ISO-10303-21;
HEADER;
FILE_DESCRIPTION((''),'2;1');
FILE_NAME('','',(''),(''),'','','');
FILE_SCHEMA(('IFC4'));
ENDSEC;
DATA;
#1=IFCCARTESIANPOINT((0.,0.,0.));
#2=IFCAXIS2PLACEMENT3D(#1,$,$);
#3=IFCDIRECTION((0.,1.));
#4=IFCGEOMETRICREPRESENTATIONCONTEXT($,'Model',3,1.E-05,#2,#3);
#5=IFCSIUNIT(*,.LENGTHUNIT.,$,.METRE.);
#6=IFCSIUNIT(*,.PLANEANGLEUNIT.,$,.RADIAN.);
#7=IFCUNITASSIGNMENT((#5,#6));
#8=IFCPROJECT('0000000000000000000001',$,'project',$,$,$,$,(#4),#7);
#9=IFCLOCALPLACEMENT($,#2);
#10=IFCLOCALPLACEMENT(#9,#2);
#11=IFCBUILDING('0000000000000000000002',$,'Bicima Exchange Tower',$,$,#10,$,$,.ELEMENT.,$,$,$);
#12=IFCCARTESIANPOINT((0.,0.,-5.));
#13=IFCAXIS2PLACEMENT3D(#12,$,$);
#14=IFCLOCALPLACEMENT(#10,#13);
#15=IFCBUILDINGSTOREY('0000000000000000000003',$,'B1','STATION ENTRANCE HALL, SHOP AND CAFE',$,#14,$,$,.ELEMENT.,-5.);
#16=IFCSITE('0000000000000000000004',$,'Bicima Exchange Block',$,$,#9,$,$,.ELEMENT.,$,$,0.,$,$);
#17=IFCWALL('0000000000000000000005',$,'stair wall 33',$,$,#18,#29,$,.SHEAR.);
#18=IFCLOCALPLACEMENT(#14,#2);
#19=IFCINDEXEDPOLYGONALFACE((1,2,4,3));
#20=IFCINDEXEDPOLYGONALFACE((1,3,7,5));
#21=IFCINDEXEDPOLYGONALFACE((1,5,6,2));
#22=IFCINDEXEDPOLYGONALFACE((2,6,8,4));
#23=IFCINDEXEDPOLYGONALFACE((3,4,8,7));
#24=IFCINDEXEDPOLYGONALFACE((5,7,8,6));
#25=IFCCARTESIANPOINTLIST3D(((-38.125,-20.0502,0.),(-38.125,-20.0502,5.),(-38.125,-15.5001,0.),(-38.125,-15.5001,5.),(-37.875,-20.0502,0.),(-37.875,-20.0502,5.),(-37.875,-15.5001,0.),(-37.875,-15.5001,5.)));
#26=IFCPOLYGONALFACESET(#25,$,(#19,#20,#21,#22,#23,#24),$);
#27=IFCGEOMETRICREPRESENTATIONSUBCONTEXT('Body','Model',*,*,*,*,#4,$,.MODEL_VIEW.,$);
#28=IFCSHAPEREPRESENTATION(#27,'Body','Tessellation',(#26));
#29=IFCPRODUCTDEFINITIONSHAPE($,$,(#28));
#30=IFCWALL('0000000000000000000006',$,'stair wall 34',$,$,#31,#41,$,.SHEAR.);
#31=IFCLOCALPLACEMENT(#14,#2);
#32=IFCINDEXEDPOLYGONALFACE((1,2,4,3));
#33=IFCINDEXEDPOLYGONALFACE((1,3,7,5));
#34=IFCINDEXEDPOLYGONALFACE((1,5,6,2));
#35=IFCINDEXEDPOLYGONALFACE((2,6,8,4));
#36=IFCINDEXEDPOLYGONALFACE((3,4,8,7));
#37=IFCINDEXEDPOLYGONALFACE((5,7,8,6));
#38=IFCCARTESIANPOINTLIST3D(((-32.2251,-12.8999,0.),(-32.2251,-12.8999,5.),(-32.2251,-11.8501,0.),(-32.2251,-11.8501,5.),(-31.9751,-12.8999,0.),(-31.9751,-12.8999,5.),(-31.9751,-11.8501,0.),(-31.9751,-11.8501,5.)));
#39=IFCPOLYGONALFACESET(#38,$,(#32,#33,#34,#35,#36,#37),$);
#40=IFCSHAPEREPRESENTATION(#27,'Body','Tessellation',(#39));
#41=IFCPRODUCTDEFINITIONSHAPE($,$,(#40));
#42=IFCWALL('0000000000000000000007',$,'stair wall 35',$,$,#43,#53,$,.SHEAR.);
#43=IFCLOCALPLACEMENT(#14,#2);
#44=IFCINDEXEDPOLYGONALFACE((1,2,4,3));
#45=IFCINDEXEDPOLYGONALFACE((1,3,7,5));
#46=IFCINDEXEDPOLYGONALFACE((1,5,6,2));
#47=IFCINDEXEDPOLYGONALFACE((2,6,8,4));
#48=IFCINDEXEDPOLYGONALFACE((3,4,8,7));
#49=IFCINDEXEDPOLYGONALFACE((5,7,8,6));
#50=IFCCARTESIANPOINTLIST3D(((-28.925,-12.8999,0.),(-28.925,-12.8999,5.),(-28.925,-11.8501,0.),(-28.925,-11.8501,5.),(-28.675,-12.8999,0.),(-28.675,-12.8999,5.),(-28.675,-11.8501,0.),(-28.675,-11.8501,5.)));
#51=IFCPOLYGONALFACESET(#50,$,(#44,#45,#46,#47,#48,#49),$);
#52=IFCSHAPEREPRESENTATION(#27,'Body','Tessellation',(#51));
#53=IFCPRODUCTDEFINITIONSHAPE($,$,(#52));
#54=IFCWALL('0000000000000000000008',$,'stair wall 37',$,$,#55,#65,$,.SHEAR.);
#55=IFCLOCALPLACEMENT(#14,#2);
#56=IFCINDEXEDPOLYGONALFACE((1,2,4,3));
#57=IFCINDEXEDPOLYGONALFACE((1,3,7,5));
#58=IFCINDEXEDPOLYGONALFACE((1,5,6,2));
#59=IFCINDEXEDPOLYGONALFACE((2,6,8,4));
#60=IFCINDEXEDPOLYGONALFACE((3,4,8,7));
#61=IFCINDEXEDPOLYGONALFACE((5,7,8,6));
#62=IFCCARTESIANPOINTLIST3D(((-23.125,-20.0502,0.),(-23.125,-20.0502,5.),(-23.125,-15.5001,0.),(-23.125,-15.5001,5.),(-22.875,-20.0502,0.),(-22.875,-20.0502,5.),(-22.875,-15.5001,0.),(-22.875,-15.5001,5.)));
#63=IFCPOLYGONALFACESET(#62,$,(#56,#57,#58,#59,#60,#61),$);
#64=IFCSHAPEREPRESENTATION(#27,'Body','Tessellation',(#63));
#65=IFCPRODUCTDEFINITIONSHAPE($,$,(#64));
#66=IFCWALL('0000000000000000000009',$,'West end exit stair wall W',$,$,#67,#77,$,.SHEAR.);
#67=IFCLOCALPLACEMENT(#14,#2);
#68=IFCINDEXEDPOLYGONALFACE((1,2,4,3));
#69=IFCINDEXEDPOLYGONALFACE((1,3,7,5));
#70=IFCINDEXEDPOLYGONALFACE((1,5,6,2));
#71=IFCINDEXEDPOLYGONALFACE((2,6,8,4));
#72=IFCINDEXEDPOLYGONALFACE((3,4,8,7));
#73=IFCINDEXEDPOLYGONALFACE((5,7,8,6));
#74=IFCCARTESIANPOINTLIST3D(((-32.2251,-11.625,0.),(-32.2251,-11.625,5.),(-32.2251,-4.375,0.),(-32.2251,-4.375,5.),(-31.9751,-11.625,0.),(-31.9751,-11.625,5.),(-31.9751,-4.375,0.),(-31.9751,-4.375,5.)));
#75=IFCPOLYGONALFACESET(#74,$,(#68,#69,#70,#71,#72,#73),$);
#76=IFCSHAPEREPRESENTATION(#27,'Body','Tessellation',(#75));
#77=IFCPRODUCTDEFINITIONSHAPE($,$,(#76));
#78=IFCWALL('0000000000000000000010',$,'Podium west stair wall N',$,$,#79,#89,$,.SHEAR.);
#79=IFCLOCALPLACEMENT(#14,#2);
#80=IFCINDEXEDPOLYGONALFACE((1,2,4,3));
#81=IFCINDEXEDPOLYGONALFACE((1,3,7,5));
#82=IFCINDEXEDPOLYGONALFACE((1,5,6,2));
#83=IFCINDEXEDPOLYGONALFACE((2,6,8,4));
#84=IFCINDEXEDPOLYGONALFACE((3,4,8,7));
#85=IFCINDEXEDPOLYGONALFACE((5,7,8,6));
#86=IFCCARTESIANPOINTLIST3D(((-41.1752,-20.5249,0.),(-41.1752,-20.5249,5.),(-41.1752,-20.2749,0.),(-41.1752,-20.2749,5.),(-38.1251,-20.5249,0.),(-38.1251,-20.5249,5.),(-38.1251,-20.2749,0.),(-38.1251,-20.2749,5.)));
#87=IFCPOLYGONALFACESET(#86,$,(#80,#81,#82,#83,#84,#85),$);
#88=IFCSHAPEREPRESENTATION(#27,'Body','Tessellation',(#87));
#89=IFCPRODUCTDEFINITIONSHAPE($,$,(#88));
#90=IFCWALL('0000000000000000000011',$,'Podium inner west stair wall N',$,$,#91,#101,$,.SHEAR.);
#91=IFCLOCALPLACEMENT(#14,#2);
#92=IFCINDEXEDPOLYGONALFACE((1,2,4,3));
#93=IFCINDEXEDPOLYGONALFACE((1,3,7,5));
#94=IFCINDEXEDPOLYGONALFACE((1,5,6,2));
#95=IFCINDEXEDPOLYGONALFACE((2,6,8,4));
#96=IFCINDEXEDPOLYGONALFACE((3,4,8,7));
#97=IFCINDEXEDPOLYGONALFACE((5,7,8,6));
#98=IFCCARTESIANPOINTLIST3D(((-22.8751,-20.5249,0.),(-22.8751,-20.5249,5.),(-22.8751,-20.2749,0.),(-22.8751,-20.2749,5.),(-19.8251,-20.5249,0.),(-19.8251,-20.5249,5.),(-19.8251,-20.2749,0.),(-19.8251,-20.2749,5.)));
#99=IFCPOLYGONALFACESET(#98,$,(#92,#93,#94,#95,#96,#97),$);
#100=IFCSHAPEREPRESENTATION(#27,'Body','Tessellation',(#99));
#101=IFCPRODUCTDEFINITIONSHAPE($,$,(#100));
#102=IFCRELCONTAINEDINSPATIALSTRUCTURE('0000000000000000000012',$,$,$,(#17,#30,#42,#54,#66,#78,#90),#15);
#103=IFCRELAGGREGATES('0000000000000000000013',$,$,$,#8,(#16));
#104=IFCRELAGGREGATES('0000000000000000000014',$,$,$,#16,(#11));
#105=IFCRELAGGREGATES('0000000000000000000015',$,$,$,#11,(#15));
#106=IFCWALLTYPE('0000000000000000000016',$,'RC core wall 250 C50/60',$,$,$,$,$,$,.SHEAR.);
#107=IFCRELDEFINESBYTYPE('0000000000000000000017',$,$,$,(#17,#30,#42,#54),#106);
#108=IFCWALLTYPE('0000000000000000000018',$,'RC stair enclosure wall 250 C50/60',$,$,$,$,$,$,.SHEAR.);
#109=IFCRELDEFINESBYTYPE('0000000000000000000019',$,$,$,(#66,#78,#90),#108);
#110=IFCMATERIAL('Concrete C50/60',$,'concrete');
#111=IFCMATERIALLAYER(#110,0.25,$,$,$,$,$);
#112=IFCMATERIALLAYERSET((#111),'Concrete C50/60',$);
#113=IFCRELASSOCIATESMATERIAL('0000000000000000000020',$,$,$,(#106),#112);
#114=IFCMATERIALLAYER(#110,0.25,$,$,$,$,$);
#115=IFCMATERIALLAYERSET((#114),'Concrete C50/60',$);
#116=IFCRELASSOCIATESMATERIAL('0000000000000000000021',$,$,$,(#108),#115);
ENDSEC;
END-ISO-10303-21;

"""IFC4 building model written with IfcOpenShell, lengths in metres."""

from ifc_helpers import new_model, si_unit, direction, frame, frame_2d, origin, place, context, subcontext, project, spatial, rectangle, extrude, material, layer, layer_set, type_object, element, save


model = new_model("IFC4")

# Units and contexts
model_context = context("Model", 3, precision=1e-05, world=origin(), true_north=direction((0.0, 1.0)))
body_context = subcontext(model_context, "Body", "Model", "MODEL_VIEW")
ifc_project = project(units=[si_unit("LENGTHUNIT", "METRE"), si_unit("PLANEANGLEUNIT", "RADIAN")], contexts=[model_context])

# Site, building, storey
site_placement = place(None, origin())
site = spatial("IfcSite", under=ifc_project, at=site_placement, Name="Bicima Exchange Block", CompositionType="ELEMENT", RefElevation=0.0)
building_placement = place(site_placement, origin())
building = spatial("IfcBuilding", under=site, at=building_placement, Name="Bicima Exchange Tower", CompositionType="ELEMENT")
storey_placement = place(building_placement, frame((0.0, 0.0, -5.0)))
storey = spatial("IfcBuildingStorey", under=building, at=storey_placement, Name="B1", Description="STATION ENTRANCE HALL, SHOP AND CAFE", CompositionType="ELEMENT", Elevation=-5.0)

# Walls
ifc_material_1 = material(Name="Concrete C50/60", Category="concrete")
ifc_layer_1 = layer(ifc_material_1, 0.25)
ifc_layer_set_1 = layer_set([ifc_layer_1], Name="Concrete C50/60")
wall_type_1 = type_object("IfcWallType", Name="RC core wall 250 C50/60", PredefinedType="SHEAR", material=ifc_layer_set_1)
for number, where, z_axis, x_axis, name in (
    (1, (-38.0, -20.05, 0.0), (0.0, 0.0, 1.0), (0.0, 1.0, 0.0), "stair wall 33"),
):
    element("IfcWall", number, at=place(storey_placement, frame(where, z_axis=z_axis, x_axis=x_axis)), inside=storey, type_object=wall_type_1, Name=name, PredefinedType="SHEAR", context=body_context, shape_type="SweptSolid", body=[
        extrude(rectangle(XDim=4.55, YDim=0.25, at=frame_2d((2.2749, 0.0))), origin(), (0.0, 0.0, 1.0), 5.0),
    ])
for number, where, z_axis, x_axis, name in (
    (2, (-32.1001, -12.8999, 0.0), (0.0, 0.0, 1.0), (0.0, 1.0, 0.0), "stair wall 34"),
    (3, (-28.8, -12.8999, 0.0), (0.0, 0.0, 1.0), (0.0, 1.0, 0.0), "stair wall 35"),
):
    element("IfcWall", number, at=place(storey_placement, frame(where, z_axis=z_axis, x_axis=x_axis)), inside=storey, type_object=wall_type_1, Name=name, PredefinedType="SHEAR", context=body_context, shape_type="SweptSolid", body=[
        extrude(rectangle(XDim=1.0498, YDim=0.25, at=frame_2d((0.5249, 0.0))), origin(), (0.0, 0.0, 1.0), 5.0),
    ])
wall_1_placement = place(storey_placement, frame((-23.0, -20.05, 0.0), z_axis=(0.0, 0.0, 1.0), x_axis=(0.0, 1.0, 0.0)))
element("IfcWall", 4, at=wall_1_placement, inside=storey, type_object=wall_type_1, Name="stair wall 37", PredefinedType="SHEAR", context=body_context, shape_type="SweptSolid", body=[
    extrude(rectangle(XDim=4.55, YDim=0.25, at=frame_2d((2.2749, 0.0))), origin(), (0.0, 0.0, 1.0), 5.0),
])
ifc_layer_2 = layer(ifc_material_1, 0.25)
ifc_layer_set_2 = layer_set([ifc_layer_2], Name="Concrete C50/60")
wall_type_2 = type_object("IfcWallType", Name="RC stair enclosure wall 250 C50/60", PredefinedType="SHEAR", material=ifc_layer_set_2)
wall_2_placement = place(storey_placement, frame((-32.1001, -11.625, 0.0), z_axis=(0.0, 0.0, 1.0), x_axis=(0.0, 1.0, 0.0)))
element("IfcWall", 5, at=wall_2_placement, inside=storey, type_object=wall_type_2, Name="West end exit stair wall W", PredefinedType="SHEAR", context=body_context, shape_type="SweptSolid", body=[
    extrude(rectangle(XDim=7.25, YDim=0.25, at=frame_2d((3.625, 0.0))), origin(), (0.0, 0.0, 1.0), 5.0),
])
for number, where, z_axis, x_axis, name in (
    (6, (-41.175, -20.3999, 0.0), (0.0, 0.0, 1.0), (1.0, 0.0, 0.0), "Podium west stair wall N"),
    (7, (-22.875, -20.3999, 0.0), (0.0, 0.0, 1.0), (1.0, 0.0, 0.0), "Podium inner west stair wall N"),
):
    element("IfcWall", number, at=place(storey_placement, frame(where, z_axis=z_axis, x_axis=x_axis)), inside=storey, type_object=wall_type_2, Name=name, PredefinedType="SHEAR", context=body_context, shape_type="SweptSolid", body=[
        extrude(rectangle(XDim=3.05, YDim=0.25, at=frame_2d((1.5249, 0.0))), origin(), (0.0, 0.0, 1.0), 5.0),
    ])

save(model, "model.ifc")
